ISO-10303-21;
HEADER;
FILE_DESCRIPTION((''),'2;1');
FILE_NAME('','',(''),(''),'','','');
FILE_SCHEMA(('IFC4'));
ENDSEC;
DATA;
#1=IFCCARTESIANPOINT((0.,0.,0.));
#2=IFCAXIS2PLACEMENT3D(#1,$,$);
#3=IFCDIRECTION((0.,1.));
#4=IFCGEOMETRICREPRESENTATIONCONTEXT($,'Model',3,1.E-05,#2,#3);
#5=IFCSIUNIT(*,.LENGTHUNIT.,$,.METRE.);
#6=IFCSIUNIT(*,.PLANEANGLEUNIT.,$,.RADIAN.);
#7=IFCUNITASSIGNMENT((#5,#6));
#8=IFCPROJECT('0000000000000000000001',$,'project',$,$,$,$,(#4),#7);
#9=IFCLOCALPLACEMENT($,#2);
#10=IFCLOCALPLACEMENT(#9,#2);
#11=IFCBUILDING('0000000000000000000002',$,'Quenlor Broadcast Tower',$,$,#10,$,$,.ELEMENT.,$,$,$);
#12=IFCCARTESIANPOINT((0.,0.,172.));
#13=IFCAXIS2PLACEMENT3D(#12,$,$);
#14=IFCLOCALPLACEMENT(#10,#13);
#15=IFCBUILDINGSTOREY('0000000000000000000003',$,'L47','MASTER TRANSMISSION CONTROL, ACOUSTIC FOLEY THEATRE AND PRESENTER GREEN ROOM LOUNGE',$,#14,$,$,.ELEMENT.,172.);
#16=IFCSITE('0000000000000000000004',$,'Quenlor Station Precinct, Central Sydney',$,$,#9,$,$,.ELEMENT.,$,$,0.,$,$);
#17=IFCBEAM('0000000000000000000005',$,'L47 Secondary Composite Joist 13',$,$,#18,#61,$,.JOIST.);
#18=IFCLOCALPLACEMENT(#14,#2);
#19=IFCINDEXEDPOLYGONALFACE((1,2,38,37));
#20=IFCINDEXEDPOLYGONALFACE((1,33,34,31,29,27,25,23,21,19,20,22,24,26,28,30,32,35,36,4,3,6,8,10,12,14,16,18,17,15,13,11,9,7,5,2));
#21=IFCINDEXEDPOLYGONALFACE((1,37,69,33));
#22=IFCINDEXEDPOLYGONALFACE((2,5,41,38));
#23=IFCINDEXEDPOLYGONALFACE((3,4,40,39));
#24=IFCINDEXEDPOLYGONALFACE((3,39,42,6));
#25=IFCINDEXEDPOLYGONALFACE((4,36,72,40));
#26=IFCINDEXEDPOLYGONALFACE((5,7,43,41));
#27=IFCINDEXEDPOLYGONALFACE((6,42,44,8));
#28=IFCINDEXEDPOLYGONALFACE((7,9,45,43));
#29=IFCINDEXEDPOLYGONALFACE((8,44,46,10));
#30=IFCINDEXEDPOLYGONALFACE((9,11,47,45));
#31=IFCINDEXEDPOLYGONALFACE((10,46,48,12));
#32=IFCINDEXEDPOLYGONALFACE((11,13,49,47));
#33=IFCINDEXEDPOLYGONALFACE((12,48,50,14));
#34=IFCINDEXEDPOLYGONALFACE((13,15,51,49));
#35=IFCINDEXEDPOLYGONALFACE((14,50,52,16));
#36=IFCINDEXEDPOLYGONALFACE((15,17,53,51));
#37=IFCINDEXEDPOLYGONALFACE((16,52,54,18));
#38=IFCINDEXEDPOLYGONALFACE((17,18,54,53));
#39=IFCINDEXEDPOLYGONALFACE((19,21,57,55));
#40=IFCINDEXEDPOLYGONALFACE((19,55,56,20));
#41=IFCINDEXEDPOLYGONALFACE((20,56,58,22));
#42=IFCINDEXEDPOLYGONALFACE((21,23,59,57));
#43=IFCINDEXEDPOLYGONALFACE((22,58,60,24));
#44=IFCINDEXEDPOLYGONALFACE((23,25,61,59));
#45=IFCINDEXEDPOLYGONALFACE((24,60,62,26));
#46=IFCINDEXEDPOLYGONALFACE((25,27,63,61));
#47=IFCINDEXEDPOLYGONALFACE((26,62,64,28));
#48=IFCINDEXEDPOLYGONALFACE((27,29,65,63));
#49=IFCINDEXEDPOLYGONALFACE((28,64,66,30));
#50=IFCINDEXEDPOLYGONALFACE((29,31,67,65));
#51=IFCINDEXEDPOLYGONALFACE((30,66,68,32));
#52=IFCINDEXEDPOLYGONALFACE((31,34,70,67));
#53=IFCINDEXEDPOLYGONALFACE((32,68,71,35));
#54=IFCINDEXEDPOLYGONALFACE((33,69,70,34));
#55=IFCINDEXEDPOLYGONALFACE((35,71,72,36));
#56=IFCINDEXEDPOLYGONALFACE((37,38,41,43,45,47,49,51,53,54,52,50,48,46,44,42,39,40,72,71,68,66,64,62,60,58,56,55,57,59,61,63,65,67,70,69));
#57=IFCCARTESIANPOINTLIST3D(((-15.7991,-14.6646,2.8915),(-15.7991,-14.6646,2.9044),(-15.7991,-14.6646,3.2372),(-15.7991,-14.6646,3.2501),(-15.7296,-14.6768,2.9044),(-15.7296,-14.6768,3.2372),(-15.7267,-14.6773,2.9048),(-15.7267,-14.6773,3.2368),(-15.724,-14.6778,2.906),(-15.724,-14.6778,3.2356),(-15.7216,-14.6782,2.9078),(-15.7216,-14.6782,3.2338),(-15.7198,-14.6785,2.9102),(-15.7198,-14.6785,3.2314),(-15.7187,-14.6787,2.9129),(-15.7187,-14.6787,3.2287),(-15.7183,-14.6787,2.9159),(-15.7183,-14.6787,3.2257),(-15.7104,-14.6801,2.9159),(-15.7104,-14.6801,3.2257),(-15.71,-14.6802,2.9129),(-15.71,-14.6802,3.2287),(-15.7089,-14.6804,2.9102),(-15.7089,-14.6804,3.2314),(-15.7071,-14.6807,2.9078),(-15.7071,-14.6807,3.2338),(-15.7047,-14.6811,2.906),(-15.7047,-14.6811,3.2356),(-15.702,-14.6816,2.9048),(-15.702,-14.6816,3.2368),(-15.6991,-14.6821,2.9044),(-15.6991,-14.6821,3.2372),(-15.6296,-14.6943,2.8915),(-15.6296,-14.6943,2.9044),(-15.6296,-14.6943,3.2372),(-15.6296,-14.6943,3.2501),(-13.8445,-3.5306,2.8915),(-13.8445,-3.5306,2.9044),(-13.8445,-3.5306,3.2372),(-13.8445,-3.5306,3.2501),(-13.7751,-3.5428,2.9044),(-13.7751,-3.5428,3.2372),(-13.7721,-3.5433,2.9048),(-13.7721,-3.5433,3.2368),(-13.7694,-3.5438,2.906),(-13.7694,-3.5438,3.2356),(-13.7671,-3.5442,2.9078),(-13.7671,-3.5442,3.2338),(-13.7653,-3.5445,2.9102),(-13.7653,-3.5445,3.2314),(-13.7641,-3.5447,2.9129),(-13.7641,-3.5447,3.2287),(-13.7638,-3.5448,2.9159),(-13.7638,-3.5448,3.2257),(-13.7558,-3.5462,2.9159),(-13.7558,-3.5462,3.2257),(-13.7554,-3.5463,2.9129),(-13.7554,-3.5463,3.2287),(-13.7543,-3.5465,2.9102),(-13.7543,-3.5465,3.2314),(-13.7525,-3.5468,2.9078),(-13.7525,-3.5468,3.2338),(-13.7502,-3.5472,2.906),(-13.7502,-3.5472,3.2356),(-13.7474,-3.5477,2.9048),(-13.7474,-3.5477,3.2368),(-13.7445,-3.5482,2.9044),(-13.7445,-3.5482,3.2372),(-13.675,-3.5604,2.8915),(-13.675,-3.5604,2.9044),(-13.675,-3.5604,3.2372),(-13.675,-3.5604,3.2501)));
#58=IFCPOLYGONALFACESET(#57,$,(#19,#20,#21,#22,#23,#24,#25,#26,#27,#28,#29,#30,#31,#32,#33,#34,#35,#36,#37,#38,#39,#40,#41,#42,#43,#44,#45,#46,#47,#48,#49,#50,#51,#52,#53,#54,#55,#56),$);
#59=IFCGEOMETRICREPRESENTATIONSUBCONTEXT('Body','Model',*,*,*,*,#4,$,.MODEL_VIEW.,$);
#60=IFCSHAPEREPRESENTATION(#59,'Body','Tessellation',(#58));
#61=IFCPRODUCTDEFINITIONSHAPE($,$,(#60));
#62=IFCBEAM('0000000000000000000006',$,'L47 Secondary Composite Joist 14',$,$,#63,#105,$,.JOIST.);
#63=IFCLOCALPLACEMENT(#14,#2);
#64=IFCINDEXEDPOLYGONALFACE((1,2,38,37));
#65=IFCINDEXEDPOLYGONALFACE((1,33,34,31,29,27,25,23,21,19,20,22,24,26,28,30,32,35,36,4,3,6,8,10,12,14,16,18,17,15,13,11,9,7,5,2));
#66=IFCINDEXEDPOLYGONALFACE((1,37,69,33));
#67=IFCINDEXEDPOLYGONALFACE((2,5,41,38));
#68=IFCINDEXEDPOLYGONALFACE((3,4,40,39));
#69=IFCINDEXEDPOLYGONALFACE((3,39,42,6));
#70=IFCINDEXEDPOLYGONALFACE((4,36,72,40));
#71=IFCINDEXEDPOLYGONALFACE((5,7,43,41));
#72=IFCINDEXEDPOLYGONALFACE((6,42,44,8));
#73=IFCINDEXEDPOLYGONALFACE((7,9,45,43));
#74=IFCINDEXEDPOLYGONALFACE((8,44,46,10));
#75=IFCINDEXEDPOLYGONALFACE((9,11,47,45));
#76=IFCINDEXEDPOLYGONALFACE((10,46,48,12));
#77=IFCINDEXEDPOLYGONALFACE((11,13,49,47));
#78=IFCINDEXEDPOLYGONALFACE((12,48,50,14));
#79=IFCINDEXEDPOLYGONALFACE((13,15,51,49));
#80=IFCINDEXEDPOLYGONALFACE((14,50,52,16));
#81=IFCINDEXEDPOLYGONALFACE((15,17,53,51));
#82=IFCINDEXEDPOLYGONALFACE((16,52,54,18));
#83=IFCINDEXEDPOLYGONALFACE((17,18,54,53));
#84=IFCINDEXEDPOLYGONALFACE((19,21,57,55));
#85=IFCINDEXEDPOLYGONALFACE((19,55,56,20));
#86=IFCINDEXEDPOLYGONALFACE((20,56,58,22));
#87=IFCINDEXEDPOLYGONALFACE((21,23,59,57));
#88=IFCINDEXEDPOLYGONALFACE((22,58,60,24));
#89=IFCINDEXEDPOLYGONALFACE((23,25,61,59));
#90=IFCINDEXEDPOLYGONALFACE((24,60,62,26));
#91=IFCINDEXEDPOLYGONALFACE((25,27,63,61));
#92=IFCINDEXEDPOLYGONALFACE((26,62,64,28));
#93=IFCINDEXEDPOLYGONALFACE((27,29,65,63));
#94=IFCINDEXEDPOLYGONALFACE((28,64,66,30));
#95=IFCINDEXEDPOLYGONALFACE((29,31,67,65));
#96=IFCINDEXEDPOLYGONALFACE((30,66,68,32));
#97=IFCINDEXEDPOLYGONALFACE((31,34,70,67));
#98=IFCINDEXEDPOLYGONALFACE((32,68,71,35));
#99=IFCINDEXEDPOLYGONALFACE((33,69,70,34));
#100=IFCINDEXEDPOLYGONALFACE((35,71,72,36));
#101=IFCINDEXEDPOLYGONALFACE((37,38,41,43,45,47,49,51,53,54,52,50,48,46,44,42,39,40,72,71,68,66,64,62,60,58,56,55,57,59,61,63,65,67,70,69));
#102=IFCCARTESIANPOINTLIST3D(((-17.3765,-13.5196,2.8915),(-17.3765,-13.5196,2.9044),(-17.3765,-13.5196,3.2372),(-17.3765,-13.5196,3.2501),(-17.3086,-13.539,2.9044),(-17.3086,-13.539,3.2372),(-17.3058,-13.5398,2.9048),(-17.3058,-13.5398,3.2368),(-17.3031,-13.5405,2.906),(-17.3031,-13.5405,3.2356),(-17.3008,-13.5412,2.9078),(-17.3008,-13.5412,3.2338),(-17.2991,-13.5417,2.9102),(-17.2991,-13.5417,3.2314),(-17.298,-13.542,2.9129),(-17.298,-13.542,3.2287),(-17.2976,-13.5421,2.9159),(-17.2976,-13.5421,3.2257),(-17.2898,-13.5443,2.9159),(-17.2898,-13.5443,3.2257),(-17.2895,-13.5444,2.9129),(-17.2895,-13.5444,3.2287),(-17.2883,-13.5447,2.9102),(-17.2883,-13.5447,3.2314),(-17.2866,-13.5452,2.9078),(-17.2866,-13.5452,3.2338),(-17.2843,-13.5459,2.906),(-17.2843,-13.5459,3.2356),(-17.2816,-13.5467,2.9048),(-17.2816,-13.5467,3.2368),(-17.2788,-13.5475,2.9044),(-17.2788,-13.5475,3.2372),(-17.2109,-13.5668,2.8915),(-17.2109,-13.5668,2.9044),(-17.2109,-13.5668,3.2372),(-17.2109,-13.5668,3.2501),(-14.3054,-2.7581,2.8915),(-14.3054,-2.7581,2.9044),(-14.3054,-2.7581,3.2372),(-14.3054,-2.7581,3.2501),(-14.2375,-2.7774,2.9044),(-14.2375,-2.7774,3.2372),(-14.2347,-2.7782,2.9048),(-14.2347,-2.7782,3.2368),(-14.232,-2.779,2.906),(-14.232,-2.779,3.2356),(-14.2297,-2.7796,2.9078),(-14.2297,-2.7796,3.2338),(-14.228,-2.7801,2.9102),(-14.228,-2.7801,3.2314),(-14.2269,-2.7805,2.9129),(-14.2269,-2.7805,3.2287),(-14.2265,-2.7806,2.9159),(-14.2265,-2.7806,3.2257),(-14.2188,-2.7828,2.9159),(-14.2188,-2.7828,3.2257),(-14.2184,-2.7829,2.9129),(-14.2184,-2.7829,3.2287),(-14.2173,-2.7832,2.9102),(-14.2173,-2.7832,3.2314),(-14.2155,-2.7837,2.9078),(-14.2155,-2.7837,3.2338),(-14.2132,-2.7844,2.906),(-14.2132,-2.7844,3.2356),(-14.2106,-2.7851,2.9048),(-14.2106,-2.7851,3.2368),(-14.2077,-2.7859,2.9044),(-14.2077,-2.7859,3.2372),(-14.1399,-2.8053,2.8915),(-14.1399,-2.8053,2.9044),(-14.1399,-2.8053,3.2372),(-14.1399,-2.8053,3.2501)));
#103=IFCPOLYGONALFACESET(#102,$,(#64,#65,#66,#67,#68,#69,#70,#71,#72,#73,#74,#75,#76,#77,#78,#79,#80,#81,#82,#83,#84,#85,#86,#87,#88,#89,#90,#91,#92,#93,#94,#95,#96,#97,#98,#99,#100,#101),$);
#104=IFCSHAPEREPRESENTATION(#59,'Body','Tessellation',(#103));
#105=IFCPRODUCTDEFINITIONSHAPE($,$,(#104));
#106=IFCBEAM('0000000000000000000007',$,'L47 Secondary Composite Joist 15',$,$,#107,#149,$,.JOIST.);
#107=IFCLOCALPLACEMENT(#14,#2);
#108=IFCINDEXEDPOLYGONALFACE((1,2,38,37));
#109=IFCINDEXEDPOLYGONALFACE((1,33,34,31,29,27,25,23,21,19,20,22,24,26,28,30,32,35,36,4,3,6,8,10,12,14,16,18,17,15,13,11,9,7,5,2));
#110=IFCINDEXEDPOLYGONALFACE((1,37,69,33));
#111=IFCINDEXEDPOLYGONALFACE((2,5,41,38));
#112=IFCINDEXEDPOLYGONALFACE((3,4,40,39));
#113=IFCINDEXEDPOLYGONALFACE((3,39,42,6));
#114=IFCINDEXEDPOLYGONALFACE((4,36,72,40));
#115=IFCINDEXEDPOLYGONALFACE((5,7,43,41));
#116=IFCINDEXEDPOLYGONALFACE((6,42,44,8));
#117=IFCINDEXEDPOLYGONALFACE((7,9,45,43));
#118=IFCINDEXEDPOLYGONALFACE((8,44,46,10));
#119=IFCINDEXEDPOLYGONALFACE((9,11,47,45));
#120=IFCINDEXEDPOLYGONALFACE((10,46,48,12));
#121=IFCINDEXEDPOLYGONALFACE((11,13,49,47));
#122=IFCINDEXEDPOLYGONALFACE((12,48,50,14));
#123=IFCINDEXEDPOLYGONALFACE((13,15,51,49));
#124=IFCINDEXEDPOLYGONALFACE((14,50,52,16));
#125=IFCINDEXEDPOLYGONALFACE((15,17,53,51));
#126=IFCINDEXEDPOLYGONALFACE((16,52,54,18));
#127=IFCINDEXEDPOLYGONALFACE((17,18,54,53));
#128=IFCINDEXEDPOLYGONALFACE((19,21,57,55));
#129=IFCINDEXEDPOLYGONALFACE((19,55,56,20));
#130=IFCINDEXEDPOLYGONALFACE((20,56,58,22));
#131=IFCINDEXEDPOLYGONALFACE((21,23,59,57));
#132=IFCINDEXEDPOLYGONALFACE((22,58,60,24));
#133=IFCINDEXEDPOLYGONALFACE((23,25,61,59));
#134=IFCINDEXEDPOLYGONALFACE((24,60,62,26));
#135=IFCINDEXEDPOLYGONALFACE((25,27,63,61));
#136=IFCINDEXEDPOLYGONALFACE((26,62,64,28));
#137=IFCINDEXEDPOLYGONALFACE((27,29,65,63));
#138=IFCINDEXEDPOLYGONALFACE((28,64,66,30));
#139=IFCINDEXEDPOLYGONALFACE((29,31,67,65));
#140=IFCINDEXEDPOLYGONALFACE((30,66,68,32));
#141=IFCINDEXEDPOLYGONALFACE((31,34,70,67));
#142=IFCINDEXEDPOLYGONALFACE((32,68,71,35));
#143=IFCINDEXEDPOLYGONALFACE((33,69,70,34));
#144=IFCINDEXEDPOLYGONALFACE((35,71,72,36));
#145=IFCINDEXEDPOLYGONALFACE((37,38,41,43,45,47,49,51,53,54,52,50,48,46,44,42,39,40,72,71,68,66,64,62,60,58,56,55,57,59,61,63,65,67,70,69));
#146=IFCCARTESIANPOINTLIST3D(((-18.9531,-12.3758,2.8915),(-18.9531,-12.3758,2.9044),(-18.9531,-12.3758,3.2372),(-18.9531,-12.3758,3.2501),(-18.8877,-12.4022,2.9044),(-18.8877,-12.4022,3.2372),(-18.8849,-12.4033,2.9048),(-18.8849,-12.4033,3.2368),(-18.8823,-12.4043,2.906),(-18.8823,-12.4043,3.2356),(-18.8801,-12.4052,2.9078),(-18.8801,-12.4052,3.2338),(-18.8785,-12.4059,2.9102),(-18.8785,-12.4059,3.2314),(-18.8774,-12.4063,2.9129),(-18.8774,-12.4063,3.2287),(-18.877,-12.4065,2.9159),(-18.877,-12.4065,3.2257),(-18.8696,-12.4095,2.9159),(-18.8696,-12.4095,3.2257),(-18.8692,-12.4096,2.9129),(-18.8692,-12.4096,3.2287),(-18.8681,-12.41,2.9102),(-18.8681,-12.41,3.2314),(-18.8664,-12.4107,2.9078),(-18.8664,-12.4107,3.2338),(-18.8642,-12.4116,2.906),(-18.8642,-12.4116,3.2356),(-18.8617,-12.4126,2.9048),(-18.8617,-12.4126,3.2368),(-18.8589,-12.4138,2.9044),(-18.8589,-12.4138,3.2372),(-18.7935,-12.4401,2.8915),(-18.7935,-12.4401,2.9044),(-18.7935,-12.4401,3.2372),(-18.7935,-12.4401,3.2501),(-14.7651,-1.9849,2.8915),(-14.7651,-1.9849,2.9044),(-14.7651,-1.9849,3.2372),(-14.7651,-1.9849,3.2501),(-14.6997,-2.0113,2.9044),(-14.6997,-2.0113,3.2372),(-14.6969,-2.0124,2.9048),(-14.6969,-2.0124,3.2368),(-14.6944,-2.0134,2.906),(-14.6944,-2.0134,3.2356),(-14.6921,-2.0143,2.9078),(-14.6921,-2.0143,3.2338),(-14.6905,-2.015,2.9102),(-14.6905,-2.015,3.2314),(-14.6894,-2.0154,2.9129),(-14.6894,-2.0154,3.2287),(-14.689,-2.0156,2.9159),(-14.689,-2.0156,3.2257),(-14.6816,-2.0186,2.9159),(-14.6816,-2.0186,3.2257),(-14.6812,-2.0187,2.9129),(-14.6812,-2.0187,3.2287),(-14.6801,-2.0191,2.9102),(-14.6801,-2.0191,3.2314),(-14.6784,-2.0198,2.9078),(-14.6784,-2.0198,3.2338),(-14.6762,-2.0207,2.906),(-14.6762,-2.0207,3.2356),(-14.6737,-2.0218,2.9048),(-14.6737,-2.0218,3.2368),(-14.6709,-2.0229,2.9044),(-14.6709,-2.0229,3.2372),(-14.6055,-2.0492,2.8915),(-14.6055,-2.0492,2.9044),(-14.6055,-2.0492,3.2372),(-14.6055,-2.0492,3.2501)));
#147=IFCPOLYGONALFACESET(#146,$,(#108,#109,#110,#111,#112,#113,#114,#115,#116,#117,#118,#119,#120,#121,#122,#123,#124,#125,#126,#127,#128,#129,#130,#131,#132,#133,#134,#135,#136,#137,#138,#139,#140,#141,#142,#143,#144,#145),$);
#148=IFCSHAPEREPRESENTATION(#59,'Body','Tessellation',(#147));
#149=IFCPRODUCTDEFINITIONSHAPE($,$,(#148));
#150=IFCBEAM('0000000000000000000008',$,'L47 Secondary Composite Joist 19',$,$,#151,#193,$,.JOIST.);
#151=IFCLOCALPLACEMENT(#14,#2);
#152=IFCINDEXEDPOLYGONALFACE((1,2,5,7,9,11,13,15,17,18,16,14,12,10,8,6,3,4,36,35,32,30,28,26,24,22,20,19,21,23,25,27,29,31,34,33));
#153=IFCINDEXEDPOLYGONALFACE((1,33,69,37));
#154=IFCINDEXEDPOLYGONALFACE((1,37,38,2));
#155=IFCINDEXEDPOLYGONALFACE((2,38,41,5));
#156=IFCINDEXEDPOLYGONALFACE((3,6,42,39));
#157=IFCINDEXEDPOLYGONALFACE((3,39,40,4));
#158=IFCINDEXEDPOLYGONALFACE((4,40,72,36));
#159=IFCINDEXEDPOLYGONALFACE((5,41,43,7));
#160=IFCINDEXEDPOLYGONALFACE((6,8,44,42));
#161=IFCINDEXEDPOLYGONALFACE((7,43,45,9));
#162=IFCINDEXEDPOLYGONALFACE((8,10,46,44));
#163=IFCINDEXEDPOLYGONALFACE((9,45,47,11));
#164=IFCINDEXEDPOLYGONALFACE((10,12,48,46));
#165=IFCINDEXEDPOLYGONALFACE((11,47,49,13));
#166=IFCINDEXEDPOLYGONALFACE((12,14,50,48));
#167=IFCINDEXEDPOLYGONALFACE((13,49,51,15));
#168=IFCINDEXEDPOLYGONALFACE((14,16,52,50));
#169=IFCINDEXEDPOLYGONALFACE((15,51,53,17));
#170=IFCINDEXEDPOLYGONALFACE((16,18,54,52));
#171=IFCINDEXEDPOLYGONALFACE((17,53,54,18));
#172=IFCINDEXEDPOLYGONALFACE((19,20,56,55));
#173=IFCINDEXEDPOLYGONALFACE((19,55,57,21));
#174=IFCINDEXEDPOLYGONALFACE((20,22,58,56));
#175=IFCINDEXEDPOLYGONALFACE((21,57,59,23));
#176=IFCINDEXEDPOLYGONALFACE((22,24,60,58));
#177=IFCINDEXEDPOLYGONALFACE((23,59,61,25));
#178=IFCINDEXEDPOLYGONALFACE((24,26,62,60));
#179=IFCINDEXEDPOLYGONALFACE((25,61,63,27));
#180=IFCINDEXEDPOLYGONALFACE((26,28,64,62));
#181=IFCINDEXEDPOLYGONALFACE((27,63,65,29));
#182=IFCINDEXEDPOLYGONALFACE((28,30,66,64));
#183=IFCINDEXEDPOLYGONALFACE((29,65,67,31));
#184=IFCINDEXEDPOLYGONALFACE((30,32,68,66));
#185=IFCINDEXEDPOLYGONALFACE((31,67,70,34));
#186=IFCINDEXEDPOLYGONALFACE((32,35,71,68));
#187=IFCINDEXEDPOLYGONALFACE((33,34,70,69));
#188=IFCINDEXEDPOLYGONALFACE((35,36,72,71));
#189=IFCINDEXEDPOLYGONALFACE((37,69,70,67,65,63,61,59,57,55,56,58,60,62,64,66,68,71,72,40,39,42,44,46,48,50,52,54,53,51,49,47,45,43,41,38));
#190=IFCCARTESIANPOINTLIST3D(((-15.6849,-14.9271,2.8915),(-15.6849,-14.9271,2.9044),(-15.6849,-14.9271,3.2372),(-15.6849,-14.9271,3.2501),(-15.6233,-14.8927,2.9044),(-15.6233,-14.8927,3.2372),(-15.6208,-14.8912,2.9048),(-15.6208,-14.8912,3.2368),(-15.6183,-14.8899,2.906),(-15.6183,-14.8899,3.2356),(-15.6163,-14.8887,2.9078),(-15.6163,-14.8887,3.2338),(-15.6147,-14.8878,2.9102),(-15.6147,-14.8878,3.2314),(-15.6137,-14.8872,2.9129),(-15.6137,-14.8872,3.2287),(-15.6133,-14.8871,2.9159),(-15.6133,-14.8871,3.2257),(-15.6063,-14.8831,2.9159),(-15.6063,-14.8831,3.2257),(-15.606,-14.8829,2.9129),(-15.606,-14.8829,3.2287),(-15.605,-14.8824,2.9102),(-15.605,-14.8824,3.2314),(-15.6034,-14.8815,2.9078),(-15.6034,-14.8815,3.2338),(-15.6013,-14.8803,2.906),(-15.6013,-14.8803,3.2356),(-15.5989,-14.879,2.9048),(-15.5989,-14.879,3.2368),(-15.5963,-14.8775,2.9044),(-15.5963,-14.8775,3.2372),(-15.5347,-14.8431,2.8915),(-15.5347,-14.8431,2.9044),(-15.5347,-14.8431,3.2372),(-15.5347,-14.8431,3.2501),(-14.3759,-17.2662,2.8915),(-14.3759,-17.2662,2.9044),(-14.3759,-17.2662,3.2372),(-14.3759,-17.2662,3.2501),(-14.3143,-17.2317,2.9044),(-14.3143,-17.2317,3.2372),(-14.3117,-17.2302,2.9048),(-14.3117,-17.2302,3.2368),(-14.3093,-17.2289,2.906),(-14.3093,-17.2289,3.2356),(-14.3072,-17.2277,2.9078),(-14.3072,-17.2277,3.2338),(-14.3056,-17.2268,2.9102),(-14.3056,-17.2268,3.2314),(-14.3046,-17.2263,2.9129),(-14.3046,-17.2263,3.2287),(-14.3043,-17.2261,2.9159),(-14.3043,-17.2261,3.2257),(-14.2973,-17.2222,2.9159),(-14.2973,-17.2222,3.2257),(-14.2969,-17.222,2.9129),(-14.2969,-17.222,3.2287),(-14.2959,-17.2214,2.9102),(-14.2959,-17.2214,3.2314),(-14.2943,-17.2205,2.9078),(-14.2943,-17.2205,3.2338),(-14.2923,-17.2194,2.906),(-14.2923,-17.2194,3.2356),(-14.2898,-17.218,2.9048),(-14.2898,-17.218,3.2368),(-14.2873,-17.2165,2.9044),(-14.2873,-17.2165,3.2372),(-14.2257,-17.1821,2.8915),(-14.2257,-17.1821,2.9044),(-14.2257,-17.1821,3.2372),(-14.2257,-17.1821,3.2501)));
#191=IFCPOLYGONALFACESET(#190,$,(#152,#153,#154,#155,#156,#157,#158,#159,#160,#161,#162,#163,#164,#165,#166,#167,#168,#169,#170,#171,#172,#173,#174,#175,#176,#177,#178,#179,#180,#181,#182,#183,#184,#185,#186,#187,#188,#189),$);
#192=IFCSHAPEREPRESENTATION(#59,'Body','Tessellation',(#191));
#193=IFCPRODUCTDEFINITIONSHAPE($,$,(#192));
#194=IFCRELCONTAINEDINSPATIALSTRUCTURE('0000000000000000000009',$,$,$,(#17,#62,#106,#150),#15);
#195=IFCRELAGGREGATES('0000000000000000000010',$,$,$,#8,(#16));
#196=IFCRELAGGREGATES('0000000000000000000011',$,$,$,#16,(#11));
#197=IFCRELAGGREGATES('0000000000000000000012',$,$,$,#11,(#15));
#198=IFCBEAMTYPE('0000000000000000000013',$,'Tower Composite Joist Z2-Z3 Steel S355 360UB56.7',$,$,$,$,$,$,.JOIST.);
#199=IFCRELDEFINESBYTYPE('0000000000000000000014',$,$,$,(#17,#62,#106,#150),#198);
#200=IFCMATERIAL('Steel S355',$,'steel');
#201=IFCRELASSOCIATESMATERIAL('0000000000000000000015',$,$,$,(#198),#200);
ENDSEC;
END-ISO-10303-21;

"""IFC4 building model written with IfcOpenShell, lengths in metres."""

from ifc_helpers import new_model, si_unit, direction, frame, origin, origin_2d, place, context, subcontext, project, spatial, i_section, extrude, material, material_profile, profile_set, type_object, element, save


model = new_model("IFC4")

# Units and contexts
model_context = context("Model", 3, precision=1e-05, world=origin(), true_north=direction((0.0, 1.0)))
body_context = subcontext(model_context, "Body", "Model", "MODEL_VIEW")
ifc_project = project(units=[si_unit("LENGTHUNIT", "METRE"), si_unit("PLANEANGLEUNIT", "RADIAN")], contexts=[model_context])

# Site, building, storey
site_placement = place(None, origin())
site = spatial("IfcSite", under=ifc_project, at=site_placement, Name="Quenlor Station Precinct, Central Sydney", CompositionType="ELEMENT", RefElevation=0.0)
building_placement = place(site_placement, origin())
building = spatial("IfcBuilding", under=site, at=building_placement, Name="Quenlor Broadcast Tower", CompositionType="ELEMENT")
storey_placement = place(building_placement, frame((0.0, 0.0, 172.0)))
storey = spatial("IfcBuildingStorey", under=building, at=storey_placement, Name="L47", Description="MASTER TRANSMISSION CONTROL, ACOUSTIC FOLEY THEATRE AND PRESENTER GREEN ROOM LOUNGE", CompositionType="ELEMENT", Elevation=172.0)

# Beams
ifc_material_1 = material(Name="Steel S355", Category="steel")
ifc_material_profile_1 = material_profile(ifc_material_1, i_section(OverallWidth=0.1721, OverallDepth=0.3586, WebThickness=0.0081, FlangeThickness=0.0129, FilletRadius=0.0115, at=origin_2d()))
ifc_profile_set_1 = profile_set([ifc_material_profile_1], Name="Steel S355 360UB56.7")
beam_type_1 = type_object("IfcBeamType", Name="Tower Composite Joist Z2-Z3 Steel S355 360UB56.7", PredefinedType="JOIST", material=ifc_profile_set_1)
beam_1_placement = place(storey_placement, frame((-15.7144, -14.6794, 3.0708), z_axis=(0.172907, 0.984938, 0.0), x_axis=(-0.984938, 0.172907, 0.0)))
element("IfcBeam", 1, at=beam_1_placement, inside=storey, type_object=beam_type_1, Name="L47 Secondary Composite Joist 13", PredefinedType="JOIST", context=body_context, shape_type="SweptSolid", body=[
    extrude(i_section(OverallWidth=0.1721, OverallDepth=0.3586, WebThickness=0.0081, FlangeThickness=0.0129, FilletRadius=0.0115, at=origin_2d()), origin(), (0.0, 0.0, 1.0), 11.3042),
])
beam_2_placement = place(storey_placement, frame((-17.2937, -13.5432, 3.0708), z_axis=(0.274419, 0.96161, 0.0), x_axis=(-0.96161, 0.274419, 0.0)))
element("IfcBeam", 2, at=beam_2_placement, inside=storey, type_object=beam_type_1, Name="L47 Secondary Composite Joist 14", PredefinedType="JOIST", context=body_context, shape_type="SweptSolid", body=[
    extrude(i_section(OverallWidth=0.1721, OverallDepth=0.3586, WebThickness=0.0081, FlangeThickness=0.0129, FilletRadius=0.0115, at=origin_2d()), origin(), (0.0, 0.0, 1.0), 11.1912),
])
beam_3_placement = place(storey_placement, frame((-18.8733, -12.408, 3.0708), z_axis=(0.373824, 0.9275, 0.0), x_axis=(-0.9275, 0.373824, 0.0)))
element("IfcBeam", 3, at=beam_3_placement, inside=storey, type_object=beam_type_1, Name="L47 Secondary Composite Joist 15", PredefinedType="JOIST", context=body_context, shape_type="SweptSolid", body=[
    extrude(i_section(OverallWidth=0.1721, OverallDepth=0.3586, WebThickness=0.0081, FlangeThickness=0.0129, FilletRadius=0.0115, at=origin_2d()), origin(), (0.0, 0.0, 1.0), 11.2031),
])
beam_4_placement = place(storey_placement, frame((-14.3008, -17.2241, 3.0708), z_axis=(-0.48837, 0.872636, 0.0), x_axis=(-0.872636, -0.48837, 0.0)))
element("IfcBeam", 4, at=beam_4_placement, inside=storey, type_object=beam_type_1, Name="L47 Secondary Composite Joist 19", PredefinedType="JOIST", context=body_context, shape_type="SweptSolid", body=[
    extrude(i_section(OverallWidth=0.1721, OverallDepth=0.3586, WebThickness=0.0081, FlangeThickness=0.0129, FilletRadius=0.0115, at=origin_2d()), origin(), (0.0, 0.0, 1.0), 2.6804),
])

save(model, "model.ifc")
